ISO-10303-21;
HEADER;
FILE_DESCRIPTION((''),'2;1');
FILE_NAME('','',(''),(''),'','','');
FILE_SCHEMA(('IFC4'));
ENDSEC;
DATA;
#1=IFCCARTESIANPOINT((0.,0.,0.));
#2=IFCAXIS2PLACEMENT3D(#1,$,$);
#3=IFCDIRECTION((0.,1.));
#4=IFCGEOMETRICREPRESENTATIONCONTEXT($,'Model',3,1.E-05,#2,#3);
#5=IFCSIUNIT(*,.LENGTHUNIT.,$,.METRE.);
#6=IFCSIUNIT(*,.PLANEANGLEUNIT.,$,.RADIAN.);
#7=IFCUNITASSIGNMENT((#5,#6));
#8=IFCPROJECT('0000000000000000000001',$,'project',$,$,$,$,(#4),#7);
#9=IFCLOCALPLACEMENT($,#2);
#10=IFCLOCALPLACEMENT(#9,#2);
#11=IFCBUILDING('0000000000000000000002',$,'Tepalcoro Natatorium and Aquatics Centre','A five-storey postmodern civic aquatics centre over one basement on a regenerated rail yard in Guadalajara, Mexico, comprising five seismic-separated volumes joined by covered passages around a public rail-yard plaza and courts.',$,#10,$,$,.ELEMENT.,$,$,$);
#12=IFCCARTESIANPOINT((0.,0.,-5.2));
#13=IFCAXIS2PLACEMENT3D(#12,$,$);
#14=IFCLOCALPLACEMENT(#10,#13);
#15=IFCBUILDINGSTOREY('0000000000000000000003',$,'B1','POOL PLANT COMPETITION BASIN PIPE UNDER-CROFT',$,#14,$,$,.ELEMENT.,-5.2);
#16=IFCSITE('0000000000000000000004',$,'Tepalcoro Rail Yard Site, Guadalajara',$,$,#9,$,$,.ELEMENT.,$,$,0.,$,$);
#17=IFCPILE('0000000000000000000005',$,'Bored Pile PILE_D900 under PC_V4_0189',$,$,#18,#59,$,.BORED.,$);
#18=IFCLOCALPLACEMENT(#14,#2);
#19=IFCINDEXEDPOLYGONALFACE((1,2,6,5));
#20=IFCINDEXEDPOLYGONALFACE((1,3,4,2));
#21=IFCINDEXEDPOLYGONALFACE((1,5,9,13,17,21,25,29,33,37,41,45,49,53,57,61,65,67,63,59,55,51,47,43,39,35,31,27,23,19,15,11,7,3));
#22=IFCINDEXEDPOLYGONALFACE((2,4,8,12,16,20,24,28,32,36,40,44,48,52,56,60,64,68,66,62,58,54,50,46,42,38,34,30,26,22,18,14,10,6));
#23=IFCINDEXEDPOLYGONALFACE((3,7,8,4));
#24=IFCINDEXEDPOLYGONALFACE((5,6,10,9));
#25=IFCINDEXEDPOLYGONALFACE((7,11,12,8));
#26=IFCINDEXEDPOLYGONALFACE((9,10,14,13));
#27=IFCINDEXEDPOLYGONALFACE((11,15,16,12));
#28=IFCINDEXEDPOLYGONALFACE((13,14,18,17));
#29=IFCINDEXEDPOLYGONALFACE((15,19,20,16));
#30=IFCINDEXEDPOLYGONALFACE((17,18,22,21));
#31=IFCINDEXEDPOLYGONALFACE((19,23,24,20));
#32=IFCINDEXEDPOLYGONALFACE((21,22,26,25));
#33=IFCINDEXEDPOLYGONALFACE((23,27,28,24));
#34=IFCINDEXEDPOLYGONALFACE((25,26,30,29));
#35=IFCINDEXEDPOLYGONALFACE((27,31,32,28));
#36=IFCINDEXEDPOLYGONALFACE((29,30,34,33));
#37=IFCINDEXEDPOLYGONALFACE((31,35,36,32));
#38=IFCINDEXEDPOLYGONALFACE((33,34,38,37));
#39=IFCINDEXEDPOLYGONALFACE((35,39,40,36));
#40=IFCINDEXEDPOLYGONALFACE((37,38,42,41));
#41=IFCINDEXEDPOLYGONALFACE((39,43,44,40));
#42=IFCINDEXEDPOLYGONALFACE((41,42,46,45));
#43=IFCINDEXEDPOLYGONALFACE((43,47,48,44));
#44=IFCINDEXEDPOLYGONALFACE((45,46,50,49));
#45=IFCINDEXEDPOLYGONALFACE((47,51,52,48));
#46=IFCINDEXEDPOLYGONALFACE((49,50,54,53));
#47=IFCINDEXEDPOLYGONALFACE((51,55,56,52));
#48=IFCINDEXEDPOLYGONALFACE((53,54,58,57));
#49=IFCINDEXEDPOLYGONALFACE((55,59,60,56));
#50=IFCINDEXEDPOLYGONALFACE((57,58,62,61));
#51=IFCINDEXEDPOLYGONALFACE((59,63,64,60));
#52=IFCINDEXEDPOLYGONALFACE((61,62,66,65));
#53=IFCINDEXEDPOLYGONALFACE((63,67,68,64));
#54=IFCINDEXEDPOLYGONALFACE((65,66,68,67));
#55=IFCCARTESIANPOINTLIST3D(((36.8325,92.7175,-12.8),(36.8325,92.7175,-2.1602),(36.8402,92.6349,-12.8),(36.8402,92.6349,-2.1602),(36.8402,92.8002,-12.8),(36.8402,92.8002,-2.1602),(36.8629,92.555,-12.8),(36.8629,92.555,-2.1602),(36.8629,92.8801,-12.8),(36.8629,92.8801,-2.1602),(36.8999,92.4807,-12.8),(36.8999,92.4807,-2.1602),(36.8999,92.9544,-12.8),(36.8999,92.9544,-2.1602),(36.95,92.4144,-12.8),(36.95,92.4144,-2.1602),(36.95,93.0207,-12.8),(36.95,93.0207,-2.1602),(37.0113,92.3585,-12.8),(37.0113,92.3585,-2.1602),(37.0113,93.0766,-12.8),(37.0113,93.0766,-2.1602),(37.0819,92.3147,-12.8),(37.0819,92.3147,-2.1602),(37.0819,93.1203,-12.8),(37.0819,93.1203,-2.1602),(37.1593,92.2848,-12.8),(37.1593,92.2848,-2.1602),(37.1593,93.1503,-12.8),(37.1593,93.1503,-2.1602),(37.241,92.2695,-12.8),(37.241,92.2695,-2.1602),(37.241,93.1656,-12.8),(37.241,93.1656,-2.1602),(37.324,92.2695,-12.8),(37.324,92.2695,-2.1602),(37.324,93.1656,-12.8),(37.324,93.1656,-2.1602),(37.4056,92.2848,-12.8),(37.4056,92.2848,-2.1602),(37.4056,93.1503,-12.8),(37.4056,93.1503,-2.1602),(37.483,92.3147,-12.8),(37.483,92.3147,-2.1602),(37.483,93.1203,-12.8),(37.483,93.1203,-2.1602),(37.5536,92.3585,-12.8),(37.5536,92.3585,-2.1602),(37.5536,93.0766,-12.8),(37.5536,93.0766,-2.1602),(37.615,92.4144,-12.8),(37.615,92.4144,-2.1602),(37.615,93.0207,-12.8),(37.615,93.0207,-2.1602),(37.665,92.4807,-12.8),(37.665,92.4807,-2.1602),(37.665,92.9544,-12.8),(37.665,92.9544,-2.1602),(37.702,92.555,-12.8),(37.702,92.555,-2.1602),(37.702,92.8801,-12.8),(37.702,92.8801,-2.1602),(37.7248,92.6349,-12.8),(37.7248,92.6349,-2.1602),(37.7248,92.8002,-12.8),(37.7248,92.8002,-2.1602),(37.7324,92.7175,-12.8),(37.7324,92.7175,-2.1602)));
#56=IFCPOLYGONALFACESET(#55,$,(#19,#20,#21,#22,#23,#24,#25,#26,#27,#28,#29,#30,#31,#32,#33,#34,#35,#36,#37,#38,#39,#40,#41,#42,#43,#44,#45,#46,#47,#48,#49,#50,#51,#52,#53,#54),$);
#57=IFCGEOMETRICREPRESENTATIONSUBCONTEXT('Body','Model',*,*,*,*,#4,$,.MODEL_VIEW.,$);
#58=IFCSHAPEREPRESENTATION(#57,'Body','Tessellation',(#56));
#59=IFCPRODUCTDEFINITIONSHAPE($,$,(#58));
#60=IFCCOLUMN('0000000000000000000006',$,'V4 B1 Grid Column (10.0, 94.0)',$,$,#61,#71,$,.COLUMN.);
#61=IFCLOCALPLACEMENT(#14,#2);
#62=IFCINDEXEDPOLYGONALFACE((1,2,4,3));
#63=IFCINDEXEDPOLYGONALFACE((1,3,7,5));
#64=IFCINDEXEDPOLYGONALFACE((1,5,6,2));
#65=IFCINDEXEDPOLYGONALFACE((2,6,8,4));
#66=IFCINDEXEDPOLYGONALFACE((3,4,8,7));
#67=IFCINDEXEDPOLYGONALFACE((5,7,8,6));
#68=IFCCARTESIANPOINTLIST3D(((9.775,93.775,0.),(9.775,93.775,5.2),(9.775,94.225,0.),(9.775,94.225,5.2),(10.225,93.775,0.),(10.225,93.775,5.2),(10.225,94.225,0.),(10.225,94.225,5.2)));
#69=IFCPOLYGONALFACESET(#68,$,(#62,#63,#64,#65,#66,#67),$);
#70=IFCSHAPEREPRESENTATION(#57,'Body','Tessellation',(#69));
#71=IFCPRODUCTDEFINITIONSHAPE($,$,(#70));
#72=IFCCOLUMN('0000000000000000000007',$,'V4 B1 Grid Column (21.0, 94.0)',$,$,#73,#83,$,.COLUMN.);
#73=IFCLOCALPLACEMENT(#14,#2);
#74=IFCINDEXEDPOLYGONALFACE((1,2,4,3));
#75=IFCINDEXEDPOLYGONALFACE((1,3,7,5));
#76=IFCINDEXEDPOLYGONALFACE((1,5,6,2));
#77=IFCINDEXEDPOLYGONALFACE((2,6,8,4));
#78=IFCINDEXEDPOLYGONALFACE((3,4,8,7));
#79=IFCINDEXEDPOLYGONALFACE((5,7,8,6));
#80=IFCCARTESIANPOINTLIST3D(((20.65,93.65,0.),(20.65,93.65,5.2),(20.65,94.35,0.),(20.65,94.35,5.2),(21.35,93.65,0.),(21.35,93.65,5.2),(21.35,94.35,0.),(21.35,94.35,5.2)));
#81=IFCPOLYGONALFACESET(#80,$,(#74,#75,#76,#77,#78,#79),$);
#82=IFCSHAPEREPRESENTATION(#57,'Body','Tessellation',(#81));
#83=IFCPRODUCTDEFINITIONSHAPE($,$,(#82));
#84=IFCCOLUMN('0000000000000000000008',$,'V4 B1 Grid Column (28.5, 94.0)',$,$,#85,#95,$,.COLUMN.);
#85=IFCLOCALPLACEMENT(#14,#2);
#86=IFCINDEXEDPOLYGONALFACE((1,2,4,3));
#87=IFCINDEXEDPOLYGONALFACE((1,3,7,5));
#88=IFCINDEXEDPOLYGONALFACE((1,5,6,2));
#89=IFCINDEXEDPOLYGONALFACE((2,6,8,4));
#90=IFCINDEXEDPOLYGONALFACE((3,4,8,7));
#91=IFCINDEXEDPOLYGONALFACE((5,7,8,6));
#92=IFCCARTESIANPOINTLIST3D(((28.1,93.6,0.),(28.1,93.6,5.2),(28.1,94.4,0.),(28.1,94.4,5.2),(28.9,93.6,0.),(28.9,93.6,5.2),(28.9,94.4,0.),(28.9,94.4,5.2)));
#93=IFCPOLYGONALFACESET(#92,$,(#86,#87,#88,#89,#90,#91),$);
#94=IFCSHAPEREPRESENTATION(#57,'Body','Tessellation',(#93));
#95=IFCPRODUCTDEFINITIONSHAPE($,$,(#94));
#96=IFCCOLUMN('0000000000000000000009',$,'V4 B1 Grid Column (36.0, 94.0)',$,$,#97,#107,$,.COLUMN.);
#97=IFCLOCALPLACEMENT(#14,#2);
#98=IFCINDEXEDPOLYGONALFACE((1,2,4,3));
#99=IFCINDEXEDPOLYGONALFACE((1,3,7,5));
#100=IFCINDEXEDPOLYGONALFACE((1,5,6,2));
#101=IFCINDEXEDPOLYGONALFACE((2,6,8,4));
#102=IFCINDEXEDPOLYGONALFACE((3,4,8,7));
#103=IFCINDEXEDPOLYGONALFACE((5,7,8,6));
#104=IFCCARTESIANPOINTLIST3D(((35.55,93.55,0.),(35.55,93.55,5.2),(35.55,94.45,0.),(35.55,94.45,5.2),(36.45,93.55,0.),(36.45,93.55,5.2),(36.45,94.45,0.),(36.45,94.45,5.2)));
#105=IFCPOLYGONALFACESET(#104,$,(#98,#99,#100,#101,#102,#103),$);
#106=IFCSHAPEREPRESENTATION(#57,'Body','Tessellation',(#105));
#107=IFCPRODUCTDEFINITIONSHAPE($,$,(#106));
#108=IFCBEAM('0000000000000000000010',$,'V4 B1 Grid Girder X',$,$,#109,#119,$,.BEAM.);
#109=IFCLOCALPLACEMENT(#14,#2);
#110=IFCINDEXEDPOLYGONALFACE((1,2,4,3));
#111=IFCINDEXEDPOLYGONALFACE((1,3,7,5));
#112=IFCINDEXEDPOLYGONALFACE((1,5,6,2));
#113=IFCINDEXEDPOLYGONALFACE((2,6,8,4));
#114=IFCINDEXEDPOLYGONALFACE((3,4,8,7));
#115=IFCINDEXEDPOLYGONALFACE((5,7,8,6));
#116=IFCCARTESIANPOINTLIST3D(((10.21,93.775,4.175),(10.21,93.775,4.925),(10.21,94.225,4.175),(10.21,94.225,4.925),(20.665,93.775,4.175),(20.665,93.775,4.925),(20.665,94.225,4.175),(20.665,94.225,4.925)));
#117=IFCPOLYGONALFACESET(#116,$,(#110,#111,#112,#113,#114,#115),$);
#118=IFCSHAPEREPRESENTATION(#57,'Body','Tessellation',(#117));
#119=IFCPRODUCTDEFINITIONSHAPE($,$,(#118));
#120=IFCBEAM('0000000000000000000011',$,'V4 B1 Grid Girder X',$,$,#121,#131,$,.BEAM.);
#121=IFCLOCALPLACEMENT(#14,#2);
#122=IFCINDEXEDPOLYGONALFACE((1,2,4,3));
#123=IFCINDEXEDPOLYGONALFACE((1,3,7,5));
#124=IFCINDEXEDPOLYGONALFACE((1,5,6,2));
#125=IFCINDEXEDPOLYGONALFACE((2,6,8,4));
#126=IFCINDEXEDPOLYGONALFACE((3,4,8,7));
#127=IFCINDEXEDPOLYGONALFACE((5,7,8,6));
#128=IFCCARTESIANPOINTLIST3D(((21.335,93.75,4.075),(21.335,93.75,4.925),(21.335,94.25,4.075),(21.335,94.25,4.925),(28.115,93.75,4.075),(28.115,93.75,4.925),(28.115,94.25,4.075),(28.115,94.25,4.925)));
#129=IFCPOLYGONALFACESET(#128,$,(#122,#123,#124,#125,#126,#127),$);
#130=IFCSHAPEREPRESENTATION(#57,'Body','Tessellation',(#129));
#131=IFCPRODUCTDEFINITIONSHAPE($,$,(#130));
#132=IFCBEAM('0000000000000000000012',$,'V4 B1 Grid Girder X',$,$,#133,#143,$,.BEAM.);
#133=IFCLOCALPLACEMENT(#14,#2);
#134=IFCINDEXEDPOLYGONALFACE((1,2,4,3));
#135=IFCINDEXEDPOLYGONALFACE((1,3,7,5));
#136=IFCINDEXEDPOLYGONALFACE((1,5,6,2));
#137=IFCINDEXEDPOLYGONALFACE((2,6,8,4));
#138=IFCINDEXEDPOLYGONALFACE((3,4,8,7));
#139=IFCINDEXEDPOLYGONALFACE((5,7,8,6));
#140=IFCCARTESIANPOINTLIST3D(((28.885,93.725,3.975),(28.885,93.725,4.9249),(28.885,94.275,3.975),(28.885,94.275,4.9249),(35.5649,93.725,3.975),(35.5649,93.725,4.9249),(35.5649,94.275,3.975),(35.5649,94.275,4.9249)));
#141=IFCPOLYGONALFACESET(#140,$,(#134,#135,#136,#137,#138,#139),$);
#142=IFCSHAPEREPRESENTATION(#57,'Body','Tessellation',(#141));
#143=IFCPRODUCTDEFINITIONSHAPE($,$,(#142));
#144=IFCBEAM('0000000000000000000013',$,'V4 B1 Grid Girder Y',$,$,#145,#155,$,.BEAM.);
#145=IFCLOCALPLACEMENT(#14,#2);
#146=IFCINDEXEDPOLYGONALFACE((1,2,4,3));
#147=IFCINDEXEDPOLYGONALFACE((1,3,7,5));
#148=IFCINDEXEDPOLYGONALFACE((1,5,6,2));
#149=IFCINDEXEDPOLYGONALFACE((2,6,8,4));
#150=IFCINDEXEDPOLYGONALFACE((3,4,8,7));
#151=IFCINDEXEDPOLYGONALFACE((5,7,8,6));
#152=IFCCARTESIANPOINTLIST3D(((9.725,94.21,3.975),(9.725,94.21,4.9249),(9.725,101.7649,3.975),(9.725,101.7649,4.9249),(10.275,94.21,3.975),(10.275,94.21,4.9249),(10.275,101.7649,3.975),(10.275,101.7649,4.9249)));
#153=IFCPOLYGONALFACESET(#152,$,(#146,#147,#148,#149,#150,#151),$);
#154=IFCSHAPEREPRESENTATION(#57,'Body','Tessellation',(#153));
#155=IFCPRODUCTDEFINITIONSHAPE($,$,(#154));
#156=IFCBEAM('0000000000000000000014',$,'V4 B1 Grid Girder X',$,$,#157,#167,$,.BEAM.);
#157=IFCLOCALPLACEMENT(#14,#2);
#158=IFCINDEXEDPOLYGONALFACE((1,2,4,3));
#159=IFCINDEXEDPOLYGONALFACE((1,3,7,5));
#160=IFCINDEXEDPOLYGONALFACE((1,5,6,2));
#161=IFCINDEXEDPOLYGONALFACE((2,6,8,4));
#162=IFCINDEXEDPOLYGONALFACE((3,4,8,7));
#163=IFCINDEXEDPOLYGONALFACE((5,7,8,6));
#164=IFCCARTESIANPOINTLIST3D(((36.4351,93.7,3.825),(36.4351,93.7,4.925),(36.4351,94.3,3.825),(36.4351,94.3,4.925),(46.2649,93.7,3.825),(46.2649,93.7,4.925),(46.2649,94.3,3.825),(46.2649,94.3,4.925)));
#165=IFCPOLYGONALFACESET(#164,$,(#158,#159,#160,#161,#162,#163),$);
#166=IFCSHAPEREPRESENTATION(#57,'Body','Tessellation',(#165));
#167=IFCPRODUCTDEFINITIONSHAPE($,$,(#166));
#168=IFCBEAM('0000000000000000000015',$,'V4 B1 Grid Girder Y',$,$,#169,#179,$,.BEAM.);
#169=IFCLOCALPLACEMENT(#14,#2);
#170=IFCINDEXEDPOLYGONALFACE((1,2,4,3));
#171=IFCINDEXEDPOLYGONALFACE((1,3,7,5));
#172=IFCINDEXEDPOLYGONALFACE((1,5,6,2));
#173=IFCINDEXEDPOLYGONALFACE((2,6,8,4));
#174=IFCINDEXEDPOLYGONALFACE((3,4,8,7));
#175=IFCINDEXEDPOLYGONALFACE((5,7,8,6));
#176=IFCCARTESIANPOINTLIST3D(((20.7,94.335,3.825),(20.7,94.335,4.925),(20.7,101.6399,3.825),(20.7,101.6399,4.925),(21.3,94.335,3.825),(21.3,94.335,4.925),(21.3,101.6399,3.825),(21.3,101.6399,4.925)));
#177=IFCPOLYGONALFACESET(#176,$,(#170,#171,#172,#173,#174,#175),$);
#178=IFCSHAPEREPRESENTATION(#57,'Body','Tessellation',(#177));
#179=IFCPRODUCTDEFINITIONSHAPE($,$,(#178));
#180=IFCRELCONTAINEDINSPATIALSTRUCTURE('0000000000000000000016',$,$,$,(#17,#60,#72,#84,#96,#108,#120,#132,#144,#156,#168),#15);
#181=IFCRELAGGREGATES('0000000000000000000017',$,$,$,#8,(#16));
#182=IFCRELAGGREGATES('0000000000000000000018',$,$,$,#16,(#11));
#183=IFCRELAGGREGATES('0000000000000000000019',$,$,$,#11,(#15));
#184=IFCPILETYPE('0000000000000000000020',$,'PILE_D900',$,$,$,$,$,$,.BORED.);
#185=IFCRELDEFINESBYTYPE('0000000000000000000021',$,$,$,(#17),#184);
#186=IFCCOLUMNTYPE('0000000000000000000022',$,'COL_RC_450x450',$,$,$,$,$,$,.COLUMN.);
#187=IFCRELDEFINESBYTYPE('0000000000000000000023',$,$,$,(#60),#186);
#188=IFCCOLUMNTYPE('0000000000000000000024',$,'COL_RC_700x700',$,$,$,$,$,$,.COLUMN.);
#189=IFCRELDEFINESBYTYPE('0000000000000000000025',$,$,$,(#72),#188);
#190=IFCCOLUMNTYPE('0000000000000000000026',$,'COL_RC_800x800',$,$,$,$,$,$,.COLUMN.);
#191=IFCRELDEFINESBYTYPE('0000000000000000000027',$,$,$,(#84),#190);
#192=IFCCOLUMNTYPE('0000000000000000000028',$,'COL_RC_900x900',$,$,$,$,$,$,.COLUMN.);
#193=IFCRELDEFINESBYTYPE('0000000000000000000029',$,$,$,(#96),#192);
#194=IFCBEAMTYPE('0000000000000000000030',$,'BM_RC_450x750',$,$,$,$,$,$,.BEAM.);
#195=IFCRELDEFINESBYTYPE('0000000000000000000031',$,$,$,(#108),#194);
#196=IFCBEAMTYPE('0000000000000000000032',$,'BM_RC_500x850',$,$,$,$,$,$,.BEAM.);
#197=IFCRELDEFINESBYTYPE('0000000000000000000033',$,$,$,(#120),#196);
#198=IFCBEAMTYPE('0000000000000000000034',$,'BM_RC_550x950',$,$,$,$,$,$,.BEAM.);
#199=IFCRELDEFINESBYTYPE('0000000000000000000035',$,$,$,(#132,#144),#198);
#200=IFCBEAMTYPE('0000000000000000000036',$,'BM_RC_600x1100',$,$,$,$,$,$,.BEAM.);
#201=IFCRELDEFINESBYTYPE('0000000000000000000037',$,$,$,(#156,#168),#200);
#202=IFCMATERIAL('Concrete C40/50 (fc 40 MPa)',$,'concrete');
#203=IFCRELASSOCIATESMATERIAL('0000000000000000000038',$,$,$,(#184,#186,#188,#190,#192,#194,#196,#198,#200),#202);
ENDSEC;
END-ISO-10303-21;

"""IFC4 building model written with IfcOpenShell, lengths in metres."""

from ifc_helpers import new_model, si_unit, direction, frame, origin, origin_2d, place, context, subcontext, project, spatial, rectangle, circle, extrude, material, material_profile, profile_set, type_object, element, save


model = new_model("IFC4")

# Units and contexts
model_context = context("Model", 3, precision=1e-05, world=origin(), true_north=direction((0.0, 1.0)))
body_context = subcontext(model_context, "Body", "Model", "MODEL_VIEW")
ifc_project = project(units=[si_unit("LENGTHUNIT", "METRE"), si_unit("PLANEANGLEUNIT", "RADIAN")], contexts=[model_context])

# Site, building, storey
site_placement = place(None, origin())
site = spatial("IfcSite", under=ifc_project, at=site_placement, Name="Tepalcoro Rail Yard Site, Guadalajara", CompositionType="ELEMENT", RefElevation=0.0)
building_placement = place(site_placement, origin())
building = spatial("IfcBuilding", under=site, at=building_placement, Name="Tepalcoro Natatorium and Aquatics Centre", Description="A five-storey postmodern civic aquatics centre over one basement on a regenerated rail yard in Guadalajara, Mexico, comprising five seismic-separated volumes joined by covered passages around a public rail-yard plaza and courts.", CompositionType="ELEMENT")
storey_placement = place(building_placement, frame((0.0, 0.0, -5.2)))
storey = spatial("IfcBuildingStorey", under=building, at=storey_placement, Name="B1", Description="POOL PLANT COMPETITION BASIN PIPE UNDER-CROFT", CompositionType="ELEMENT", Elevation=-5.2)

# Pile
ifc_material_1 = material(Name="Concrete C40/50 (fc 40 MPa)", Category="concrete")
ifc_material_profile_1 = material_profile(ifc_material_1, circle(Radius=0.45, at=origin_2d()), Name="PILE_D900")
ifc_profile_set_1 = profile_set([ifc_material_profile_1], Name="Concrete C40/50 (fc 40 MPa)")
pile_type_1 = type_object("IfcPileType", Name="PILE_D900", PredefinedType="BORED", material=ifc_profile_set_1)
for number, where, z_axis, x_axis, name in (
    (1, (37.2825, 92.7175, -2.1602), (0.0, 0.0, -1.0), (1.0, 0.0, 0.0), "Bored Pile PILE_D900 under PC_V4_0189"),
):
    element("IfcPile", number, at=place(storey_placement, frame(where, z_axis=z_axis, x_axis=x_axis)), inside=storey, type_object=pile_type_1, Name=name, PredefinedType="BORED", context=body_context, shape_type="SweptSolid", body=[
        extrude(circle(Radius=0.45, at=origin_2d()), origin(), (0.0, 0.0, 1.0), 10.6399),
    ])

# Columns
ifc_material_profile_2 = material_profile(ifc_material_1, rectangle(XDim=0.45, YDim=0.45, at=origin_2d()), Name="RC450x450")
ifc_profile_set_2 = profile_set([ifc_material_profile_2], Name="Concrete C40/50 (fc 40 MPa)")
column_type_1 = type_object("IfcColumnType", Name="COL_RC_450x450", PredefinedType="COLUMN", material=ifc_profile_set_2)
column_1_placement = place(storey_placement, frame((10.0, 94.0, 0.0), z_axis=(0.0, 0.0, 1.0), x_axis=(1.0, 0.0, 0.0)))
element("IfcColumn", 2, at=column_1_placement, inside=storey, type_object=column_type_1, Name="V4 B1 Grid Column (10.0, 94.0)", PredefinedType="COLUMN", context=body_context, shape_type="SweptSolid", body=[
    extrude(rectangle(XDim=0.45, YDim=0.45, at=origin_2d()), origin(), (0.0, 0.0, 1.0), 5.2),
])
ifc_material_profile_3 = material_profile(ifc_material_1, rectangle(XDim=0.7, YDim=0.7, at=origin_2d()), Name="RC700x700")
ifc_profile_set_3 = profile_set([ifc_material_profile_3], Name="Concrete C40/50 (fc 40 MPa)")
column_type_2 = type_object("IfcColumnType", Name="COL_RC_700x700", PredefinedType="COLUMN", material=ifc_profile_set_3)
column_2_placement = place(storey_placement, frame((21.0, 94.0, 0.0), z_axis=(0.0, 0.0, 1.0), x_axis=(1.0, 0.0, 0.0)))
element("IfcColumn", 3, at=column_2_placement, inside=storey, type_object=column_type_2, Name="V4 B1 Grid Column (21.0, 94.0)", PredefinedType="COLUMN", context=body_context, shape_type="SweptSolid", body=[
    extrude(rectangle(XDim=0.7, YDim=0.7, at=origin_2d()), origin(), (0.0, 0.0, 1.0), 5.2),
])
ifc_material_profile_4 = material_profile(ifc_material_1, rectangle(XDim=0.8, YDim=0.8, at=origin_2d()), Name="RC800x800")
ifc_profile_set_4 = profile_set([ifc_material_profile_4], Name="Concrete C40/50 (fc 40 MPa)")
column_type_3 = type_object("IfcColumnType", Name="COL_RC_800x800", PredefinedType="COLUMN", material=ifc_profile_set_4)
column_3_placement = place(storey_placement, frame((28.5, 94.0, 0.0), z_axis=(0.0, 0.0, 1.0), x_axis=(1.0, 0.0, 0.0)))
element("IfcColumn", 4, at=column_3_placement, inside=storey, type_object=column_type_3, Name="V4 B1 Grid Column (28.5, 94.0)", PredefinedType="COLUMN", context=body_context, shape_type="SweptSolid", body=[
    extrude(rectangle(XDim=0.8, YDim=0.8, at=origin_2d()), origin(), (0.0, 0.0, 1.0), 5.2),
])
ifc_material_profile_5 = material_profile(ifc_material_1, rectangle(XDim=0.8999, YDim=0.8999, at=origin_2d()), Name="RC900x900")
ifc_profile_set_5 = profile_set([ifc_material_profile_5], Name="Concrete C40/50 (fc 40 MPa)")
column_type_4 = type_object("IfcColumnType", Name="COL_RC_900x900", PredefinedType="COLUMN", material=ifc_profile_set_5)
column_4_placement = place(storey_placement, frame((36.0, 94.0, 0.0), z_axis=(0.0, 0.0, 1.0), x_axis=(1.0, 0.0, 0.0)))
element("IfcColumn", 5, at=column_4_placement, inside=storey, type_object=column_type_4, Name="V4 B1 Grid Column (36.0, 94.0)", PredefinedType="COLUMN", context=body_context, shape_type="SweptSolid", body=[
    extrude(rectangle(XDim=0.8999, YDim=0.8999, at=origin_2d()), origin(), (0.0, 0.0, 1.0), 5.2),
])

# Beams
ifc_material_profile_6 = material_profile(ifc_material_1, rectangle(XDim=0.45, YDim=0.75, at=origin_2d()), Name="RCB450x750")
ifc_profile_set_6 = profile_set([ifc_material_profile_6], Name="Concrete C40/50 (fc 40 MPa)")
beam_type_1 = type_object("IfcBeamType", Name="BM_RC_450x750", PredefinedType="BEAM", material=ifc_profile_set_6)
beam_1_placement = place(storey_placement, frame((10.21, 94.0, 4.55), z_axis=(1.0, 0.0, 0.0), x_axis=(0.0, 1.0, 0.0)))
element("IfcBeam", 6, at=beam_1_placement, inside=storey, type_object=beam_type_1, Name="V4 B1 Grid Girder X", PredefinedType="BEAM", context=body_context, shape_type="SweptSolid", body=[
    extrude(rectangle(XDim=0.45, YDim=0.75, at=origin_2d()), origin(), (0.0, 0.0, 1.0), 10.4551),
])
ifc_material_profile_7 = material_profile(ifc_material_1, rectangle(XDim=0.5, YDim=0.8501, at=origin_2d()), Name="RCB500x850")
ifc_profile_set_7 = profile_set([ifc_material_profile_7], Name="Concrete C40/50 (fc 40 MPa)")
beam_type_2 = type_object("IfcBeamType", Name="BM_RC_500x850", PredefinedType="BEAM", material=ifc_profile_set_7)
beam_2_placement = place(storey_placement, frame((21.335, 94.0, 4.5), z_axis=(1.0, 0.0, 0.0), x_axis=(0.0, 1.0, 0.0)))
element("IfcBeam", 7, at=beam_2_placement, inside=storey, type_object=beam_type_2, Name="V4 B1 Grid Girder X", PredefinedType="BEAM", context=body_context, shape_type="SweptSolid", body=[
    extrude(rectangle(XDim=0.5, YDim=0.8501, at=origin_2d()), origin(), (0.0, 0.0, 1.0), 6.78),
])
ifc_material_profile_8 = material_profile(ifc_material_1, rectangle(XDim=0.55, YDim=0.95, at=origin_2d()), Name="RCB550x950")
ifc_profile_set_8 = profile_set([ifc_material_profile_8], Name="Concrete C40/50 (fc 40 MPa)")
beam_type_3 = type_object("IfcBeamType", Name="BM_RC_550x950", PredefinedType="BEAM", material=ifc_profile_set_8)
beam_3_placement = place(storey_placement, frame((28.885, 94.0, 4.45), z_axis=(1.0, 0.0, 0.0), x_axis=(0.0, 1.0, 0.0)))
element("IfcBeam", 8, at=beam_3_placement, inside=storey, type_object=beam_type_3, Name="V4 B1 Grid Girder X", PredefinedType="BEAM", context=body_context, shape_type="SweptSolid", body=[
    extrude(rectangle(XDim=0.55, YDim=0.95, at=origin_2d()), origin(), (0.0, 0.0, 1.0), 6.6799),
])
beam_4_placement = place(storey_placement, frame((10.0, 94.21, 4.45), z_axis=(0.0, 1.0, 0.0), x_axis=(-1.0, 0.0, 0.0)))
element("IfcBeam", 9, at=beam_4_placement, inside=storey, type_object=beam_type_3, Name="V4 B1 Grid Girder Y", PredefinedType="BEAM", context=body_context, shape_type="SweptSolid", body=[
    extrude(rectangle(XDim=0.55, YDim=0.95, at=origin_2d()), origin(), (0.0, 0.0, 1.0), 7.5549),
])
ifc_material_profile_9 = material_profile(ifc_material_1, rectangle(XDim=0.6001, YDim=1.1001, at=origin_2d()), Name="RCB600x1100")
ifc_profile_set_9 = profile_set([ifc_material_profile_9], Name="Concrete C40/50 (fc 40 MPa)")
beam_type_4 = type_object("IfcBeamType", Name="BM_RC_600x1100", PredefinedType="BEAM", material=ifc_profile_set_9)
beam_5_placement = place(storey_placement, frame((36.4351, 94.0, 4.375), z_axis=(1.0, 0.0, 0.0), x_axis=(0.0, 1.0, 0.0)))
element("IfcBeam", 10, at=beam_5_placement, inside=storey, type_object=beam_type_4, Name="V4 B1 Grid Girder X", PredefinedType="BEAM", context=body_context, shape_type="SweptSolid", body=[
    extrude(rectangle(XDim=0.6001, YDim=1.1001, at=origin_2d()), origin(), (0.0, 0.0, 1.0), 9.8298),
])
beam_6_placement = place(storey_placement, frame((21.0, 94.335, 4.375), z_axis=(0.0, 1.0, 0.0), x_axis=(-1.0, 0.0, 0.0)))
element("IfcBeam", 11, at=beam_6_placement, inside=storey, type_object=beam_type_4, Name="V4 B1 Grid Girder Y", PredefinedType="BEAM", context=body_context, shape_type="SweptSolid", body=[
    extrude(rectangle(XDim=0.6001, YDim=1.1001, at=origin_2d()), origin(), (0.0, 0.0, 1.0), 7.3049),
])

save(model, "model.ifc")
